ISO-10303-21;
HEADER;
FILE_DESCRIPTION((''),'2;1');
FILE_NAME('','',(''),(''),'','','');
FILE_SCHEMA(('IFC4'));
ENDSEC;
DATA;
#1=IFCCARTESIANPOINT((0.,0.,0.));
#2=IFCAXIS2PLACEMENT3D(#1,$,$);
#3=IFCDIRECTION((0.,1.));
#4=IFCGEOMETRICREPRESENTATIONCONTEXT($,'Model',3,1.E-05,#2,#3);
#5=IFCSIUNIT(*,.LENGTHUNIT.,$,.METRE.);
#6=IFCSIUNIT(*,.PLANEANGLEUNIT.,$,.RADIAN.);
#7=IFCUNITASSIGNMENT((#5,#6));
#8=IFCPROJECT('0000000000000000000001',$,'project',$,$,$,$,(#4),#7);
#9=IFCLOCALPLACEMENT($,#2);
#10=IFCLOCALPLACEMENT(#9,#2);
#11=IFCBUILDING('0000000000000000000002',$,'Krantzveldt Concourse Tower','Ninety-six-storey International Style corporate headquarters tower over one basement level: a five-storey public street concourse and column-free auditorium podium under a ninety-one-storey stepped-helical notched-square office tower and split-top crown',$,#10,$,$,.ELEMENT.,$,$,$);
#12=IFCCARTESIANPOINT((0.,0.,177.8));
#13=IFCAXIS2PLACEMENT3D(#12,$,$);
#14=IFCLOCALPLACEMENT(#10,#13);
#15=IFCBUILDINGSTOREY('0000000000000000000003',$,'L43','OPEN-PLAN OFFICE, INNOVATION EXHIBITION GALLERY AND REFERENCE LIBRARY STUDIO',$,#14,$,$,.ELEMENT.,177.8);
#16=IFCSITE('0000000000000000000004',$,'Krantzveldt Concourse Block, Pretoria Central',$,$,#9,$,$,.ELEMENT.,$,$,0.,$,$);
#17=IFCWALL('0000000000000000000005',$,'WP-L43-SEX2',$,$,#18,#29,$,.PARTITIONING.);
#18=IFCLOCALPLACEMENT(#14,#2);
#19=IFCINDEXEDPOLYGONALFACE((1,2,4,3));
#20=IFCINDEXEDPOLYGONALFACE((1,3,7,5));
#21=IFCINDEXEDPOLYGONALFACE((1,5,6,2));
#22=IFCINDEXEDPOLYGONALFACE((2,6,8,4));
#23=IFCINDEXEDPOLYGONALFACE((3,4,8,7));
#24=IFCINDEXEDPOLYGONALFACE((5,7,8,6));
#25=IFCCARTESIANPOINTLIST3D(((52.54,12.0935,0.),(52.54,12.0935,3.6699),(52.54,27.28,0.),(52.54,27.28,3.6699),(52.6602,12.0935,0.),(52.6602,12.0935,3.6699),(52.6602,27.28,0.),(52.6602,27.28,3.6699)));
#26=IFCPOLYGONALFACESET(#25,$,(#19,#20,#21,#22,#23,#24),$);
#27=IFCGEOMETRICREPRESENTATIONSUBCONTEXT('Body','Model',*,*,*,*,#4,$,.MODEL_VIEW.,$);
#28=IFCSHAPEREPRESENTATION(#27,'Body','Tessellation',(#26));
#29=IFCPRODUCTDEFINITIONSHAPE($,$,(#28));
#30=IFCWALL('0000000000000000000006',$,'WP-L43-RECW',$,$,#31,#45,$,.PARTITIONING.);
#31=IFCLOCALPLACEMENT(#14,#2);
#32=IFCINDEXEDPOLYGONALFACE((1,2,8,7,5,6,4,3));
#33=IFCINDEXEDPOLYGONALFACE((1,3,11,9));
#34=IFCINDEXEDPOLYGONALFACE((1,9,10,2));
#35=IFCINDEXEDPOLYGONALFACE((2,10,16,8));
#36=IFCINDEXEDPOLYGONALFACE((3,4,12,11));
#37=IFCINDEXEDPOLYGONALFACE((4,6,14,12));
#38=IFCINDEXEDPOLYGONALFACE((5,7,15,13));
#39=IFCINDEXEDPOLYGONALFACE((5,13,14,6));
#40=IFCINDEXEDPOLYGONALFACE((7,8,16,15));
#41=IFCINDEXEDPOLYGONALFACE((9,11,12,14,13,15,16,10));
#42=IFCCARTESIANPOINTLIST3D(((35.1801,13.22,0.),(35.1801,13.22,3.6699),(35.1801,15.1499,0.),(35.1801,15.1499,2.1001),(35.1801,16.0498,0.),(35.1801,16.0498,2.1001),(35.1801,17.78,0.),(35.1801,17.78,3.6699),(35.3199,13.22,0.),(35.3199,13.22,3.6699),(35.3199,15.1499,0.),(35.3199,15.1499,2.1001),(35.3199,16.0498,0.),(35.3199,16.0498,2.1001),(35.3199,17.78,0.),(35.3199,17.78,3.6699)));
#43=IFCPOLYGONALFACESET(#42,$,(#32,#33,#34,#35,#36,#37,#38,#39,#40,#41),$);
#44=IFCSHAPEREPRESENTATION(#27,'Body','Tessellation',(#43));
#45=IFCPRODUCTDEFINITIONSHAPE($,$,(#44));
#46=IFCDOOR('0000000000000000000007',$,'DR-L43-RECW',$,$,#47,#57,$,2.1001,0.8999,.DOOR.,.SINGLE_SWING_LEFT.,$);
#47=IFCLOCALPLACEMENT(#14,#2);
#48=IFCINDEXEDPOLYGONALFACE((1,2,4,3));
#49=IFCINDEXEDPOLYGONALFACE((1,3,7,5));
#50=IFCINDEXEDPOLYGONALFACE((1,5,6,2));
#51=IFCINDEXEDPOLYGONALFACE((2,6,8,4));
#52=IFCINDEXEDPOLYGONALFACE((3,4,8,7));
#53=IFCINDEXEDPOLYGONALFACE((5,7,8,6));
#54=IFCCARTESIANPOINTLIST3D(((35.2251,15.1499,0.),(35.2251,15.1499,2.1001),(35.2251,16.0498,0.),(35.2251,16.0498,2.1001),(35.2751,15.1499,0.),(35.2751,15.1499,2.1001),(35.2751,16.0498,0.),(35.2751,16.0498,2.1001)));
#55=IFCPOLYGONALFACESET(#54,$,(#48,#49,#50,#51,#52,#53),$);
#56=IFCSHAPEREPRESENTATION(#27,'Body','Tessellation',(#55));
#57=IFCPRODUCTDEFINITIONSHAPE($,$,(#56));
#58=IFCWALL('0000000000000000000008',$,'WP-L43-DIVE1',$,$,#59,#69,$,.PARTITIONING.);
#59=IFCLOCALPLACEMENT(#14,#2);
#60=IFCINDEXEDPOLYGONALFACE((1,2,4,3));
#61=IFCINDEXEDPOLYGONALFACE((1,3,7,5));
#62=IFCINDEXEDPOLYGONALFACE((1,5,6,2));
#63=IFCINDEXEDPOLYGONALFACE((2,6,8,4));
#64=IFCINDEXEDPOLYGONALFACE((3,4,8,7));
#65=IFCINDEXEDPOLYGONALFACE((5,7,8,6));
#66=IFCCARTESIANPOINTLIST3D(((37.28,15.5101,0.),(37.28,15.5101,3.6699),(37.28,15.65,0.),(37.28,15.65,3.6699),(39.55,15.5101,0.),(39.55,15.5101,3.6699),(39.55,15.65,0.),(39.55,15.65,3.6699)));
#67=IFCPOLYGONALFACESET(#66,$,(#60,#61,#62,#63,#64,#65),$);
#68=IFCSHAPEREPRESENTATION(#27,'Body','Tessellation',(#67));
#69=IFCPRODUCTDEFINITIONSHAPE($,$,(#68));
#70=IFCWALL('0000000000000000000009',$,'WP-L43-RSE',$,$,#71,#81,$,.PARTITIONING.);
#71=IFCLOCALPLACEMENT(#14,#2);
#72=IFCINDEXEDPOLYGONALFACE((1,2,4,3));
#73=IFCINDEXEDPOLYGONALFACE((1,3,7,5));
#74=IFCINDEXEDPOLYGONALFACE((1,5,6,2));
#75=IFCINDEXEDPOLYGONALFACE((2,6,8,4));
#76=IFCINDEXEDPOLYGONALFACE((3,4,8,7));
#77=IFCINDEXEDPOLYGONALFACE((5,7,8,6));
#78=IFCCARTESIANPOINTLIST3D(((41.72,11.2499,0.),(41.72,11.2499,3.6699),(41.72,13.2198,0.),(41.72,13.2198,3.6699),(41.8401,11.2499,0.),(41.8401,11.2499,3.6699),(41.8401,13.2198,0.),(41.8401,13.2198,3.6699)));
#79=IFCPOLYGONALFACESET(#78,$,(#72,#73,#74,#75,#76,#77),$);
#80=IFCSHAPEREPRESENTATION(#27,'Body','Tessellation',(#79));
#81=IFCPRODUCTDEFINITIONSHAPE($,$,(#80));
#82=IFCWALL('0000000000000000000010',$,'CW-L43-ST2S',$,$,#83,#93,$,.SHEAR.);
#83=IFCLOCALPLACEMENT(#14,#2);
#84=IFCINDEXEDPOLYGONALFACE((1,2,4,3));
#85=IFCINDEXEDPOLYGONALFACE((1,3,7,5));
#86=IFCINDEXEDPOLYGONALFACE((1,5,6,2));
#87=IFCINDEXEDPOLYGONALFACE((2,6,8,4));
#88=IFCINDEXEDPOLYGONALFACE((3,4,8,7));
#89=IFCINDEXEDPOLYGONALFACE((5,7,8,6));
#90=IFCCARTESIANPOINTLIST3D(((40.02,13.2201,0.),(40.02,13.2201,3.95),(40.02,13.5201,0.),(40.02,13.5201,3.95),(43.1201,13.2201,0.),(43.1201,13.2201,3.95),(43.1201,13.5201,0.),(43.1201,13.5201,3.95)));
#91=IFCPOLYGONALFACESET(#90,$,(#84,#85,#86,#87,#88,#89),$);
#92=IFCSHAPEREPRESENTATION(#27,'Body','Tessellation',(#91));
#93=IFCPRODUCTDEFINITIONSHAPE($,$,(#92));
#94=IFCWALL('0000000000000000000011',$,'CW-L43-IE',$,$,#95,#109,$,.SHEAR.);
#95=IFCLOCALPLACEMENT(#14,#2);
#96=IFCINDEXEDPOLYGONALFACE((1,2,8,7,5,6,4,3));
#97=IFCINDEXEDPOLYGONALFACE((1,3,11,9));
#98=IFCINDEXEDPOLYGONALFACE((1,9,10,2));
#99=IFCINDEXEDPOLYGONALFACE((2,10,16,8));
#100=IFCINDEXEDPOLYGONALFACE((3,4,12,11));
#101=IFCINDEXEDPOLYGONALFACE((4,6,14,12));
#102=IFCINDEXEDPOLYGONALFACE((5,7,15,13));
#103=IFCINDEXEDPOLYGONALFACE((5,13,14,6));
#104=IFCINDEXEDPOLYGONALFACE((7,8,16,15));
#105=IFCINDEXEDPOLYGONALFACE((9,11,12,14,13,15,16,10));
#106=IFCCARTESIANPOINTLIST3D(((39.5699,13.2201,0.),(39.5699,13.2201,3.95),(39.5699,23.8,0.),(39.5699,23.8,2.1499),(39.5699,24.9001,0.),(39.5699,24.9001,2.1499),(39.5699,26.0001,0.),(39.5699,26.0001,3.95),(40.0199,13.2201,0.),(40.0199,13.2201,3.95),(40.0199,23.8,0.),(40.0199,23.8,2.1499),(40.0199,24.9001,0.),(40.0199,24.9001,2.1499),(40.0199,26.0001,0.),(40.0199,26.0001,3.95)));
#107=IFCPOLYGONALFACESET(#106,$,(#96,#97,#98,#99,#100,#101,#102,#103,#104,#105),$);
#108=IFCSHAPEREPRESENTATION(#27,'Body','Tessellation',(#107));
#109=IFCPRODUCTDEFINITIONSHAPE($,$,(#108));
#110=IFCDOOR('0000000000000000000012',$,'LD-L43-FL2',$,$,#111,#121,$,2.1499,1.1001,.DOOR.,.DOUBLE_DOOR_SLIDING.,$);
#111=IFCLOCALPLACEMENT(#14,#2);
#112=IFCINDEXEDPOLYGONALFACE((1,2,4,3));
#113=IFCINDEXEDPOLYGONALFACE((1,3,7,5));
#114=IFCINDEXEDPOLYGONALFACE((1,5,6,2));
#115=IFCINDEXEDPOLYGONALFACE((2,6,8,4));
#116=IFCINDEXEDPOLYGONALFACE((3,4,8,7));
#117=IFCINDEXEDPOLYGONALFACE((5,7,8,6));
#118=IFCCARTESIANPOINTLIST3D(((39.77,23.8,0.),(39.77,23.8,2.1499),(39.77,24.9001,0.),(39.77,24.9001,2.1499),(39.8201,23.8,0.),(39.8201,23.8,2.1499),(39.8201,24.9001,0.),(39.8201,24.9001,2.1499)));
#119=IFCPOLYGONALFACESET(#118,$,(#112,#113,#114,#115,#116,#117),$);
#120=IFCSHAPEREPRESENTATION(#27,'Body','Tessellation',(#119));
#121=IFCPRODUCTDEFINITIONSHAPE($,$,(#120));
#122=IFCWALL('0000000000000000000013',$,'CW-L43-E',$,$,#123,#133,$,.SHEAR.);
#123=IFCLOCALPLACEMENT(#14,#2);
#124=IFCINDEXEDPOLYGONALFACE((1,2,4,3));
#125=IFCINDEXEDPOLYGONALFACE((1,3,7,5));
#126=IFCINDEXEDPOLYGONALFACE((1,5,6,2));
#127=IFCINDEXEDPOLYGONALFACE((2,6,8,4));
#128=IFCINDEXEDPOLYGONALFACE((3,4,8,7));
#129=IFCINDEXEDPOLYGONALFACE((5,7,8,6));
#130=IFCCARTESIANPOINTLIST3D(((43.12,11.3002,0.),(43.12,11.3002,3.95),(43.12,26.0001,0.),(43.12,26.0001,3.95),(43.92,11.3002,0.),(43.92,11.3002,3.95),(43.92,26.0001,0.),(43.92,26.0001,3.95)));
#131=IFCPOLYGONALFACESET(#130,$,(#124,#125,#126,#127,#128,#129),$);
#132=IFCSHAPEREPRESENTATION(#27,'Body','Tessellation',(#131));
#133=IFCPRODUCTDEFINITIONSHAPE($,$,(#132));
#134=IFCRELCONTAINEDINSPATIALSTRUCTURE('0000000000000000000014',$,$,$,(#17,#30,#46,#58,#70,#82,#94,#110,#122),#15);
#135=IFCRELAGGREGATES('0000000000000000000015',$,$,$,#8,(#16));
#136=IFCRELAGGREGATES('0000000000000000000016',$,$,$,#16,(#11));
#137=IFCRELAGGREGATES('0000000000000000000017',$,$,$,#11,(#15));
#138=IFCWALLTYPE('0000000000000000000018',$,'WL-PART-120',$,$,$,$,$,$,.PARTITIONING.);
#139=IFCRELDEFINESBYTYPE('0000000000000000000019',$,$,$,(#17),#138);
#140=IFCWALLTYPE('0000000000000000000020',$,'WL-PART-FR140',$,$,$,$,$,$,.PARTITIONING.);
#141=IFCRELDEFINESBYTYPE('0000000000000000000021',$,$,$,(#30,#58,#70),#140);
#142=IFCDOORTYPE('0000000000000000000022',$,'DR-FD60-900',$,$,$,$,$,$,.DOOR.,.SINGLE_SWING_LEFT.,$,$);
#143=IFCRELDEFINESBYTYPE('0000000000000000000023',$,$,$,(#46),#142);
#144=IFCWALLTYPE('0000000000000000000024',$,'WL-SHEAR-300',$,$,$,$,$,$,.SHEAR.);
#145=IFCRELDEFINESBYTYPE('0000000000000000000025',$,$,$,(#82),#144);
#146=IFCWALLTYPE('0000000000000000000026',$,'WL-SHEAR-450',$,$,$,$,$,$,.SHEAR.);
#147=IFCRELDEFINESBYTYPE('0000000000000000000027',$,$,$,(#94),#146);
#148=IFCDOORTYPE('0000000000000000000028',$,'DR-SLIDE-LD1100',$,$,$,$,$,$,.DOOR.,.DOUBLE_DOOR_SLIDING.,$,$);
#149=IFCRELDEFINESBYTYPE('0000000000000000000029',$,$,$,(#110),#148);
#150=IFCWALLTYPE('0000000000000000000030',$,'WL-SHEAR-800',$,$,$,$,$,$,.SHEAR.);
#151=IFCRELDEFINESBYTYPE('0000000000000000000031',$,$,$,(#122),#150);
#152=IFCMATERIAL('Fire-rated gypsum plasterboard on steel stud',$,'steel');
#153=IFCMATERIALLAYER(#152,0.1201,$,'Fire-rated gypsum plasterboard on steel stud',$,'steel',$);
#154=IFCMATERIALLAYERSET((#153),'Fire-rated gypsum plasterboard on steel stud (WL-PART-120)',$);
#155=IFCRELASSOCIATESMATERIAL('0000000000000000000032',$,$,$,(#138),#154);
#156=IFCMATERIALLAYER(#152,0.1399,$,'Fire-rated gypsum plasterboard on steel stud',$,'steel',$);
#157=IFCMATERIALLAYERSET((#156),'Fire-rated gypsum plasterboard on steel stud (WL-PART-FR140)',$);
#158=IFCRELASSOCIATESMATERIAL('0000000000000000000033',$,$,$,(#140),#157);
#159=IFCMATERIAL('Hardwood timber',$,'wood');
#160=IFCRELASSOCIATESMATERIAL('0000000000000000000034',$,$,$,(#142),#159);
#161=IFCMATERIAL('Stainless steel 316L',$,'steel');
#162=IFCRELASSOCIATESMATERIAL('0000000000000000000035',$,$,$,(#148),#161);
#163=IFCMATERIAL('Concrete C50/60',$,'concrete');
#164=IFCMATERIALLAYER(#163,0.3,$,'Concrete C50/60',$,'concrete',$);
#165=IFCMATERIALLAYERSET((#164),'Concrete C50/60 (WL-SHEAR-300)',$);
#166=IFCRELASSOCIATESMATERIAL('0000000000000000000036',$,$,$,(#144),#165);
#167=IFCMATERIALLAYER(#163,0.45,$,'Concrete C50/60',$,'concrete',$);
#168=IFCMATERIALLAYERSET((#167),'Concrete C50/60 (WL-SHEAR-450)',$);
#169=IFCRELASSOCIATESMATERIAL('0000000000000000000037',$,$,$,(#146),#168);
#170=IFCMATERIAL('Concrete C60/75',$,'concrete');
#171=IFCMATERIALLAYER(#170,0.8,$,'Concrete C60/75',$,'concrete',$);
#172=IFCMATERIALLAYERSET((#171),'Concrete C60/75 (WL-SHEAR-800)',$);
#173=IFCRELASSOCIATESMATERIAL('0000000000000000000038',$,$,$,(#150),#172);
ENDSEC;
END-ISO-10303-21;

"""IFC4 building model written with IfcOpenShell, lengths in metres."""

from ifc_helpers import new_model, si_unit, direction, frame, frame_2d, origin, place, context, subcontext, project, spatial, rectangle, extrude, material, layer, layer_set, type_object, element, fill, save


model = new_model("IFC4")

# Units and contexts
model_context = context("Model", 3, precision=1e-05, world=origin(), true_north=direction((0.0, 1.0)))
body_context = subcontext(model_context, "Body", "Model", "MODEL_VIEW")
ifc_project = project(units=[si_unit("LENGTHUNIT", "METRE"), si_unit("PLANEANGLEUNIT", "RADIAN")], contexts=[model_context])

# Site, building, storey
site_placement = place(None, origin())
site = spatial("IfcSite", under=ifc_project, at=site_placement, Name="Krantzveldt Concourse Block, Pretoria Central", CompositionType="ELEMENT", RefElevation=0.0)
building_placement = place(site_placement, origin())
building = spatial("IfcBuilding", under=site, at=building_placement, Name="Krantzveldt Concourse Tower", Description="Ninety-six-storey International Style corporate headquarters tower over one basement level: a five-storey public street concourse and column-free auditorium podium under a ninety-one-storey stepped-helical notched-square office tower and split-top crown", CompositionType="ELEMENT")
storey_placement = place(building_placement, frame((0.0, 0.0, 177.8)))
storey = spatial("IfcBuildingStorey", under=building, at=storey_placement, Name="L43", Description="OPEN-PLAN OFFICE, INNOVATION EXHIBITION GALLERY AND REFERENCE LIBRARY STUDIO", CompositionType="ELEMENT", Elevation=177.8)

# Shared definitions
ifc_material_1 = material(Name="Concrete C50/60", Category="concrete")

# Wall
ifc_material_2 = material(Name="Fire-rated gypsum plasterboard on steel stud", Category="steel")
ifc_layer_1 = layer(ifc_material_2, 0.1201, Name="Fire-rated gypsum plasterboard on steel stud", Category="steel")
ifc_layer_set_1 = layer_set([ifc_layer_1], Name="Fire-rated gypsum plasterboard on steel stud (WL-PART-120)")
wall_type_1 = type_object("IfcWallType", Name="WL-PART-120", PredefinedType="PARTITIONING", material=ifc_layer_set_1)
wall_1_placement = place(storey_placement, frame((52.6001, 12.0935, 0.0), z_axis=(0.0, 0.0, 1.0), x_axis=(0.0, 1.0, 0.0)))
element("IfcWall", 1, at=wall_1_placement, inside=storey, type_object=wall_type_1, Name="WP-L43-SEX2", PredefinedType="PARTITIONING", context=body_context, shape_type="SweptSolid", body=[
    extrude(rectangle(XDim=15.1865, YDim=0.1201, at=frame_2d((7.5933, 0.0))), origin(), (0.0, 0.0, 1.0), 3.6699),
])

# Wall, opening, door
ifc_layer_2 = layer(ifc_material_2, 0.1399, Name="Fire-rated gypsum plasterboard on steel stud", Category="steel")
ifc_layer_set_2 = layer_set([ifc_layer_2], Name="Fire-rated gypsum plasterboard on steel stud (WL-PART-FR140)")
wall_type_2 = type_object("IfcWallType", Name="WL-PART-FR140", PredefinedType="PARTITIONING", material=ifc_layer_set_2)
wall_2_placement = place(storey_placement, frame((35.25, 13.22, 0.0), z_axis=(0.0, 0.0, 1.0), x_axis=(0.0, 1.0, 0.0)))
wall_2 = element("IfcWall", 2, at=wall_2_placement, inside=storey, type_object=wall_type_2, Name="WP-L43-RECW", PredefinedType="PARTITIONING", context=body_context, shape_type="SweptSolid", body=[
    extrude(rectangle(XDim=4.5601, YDim=0.1399, at=frame_2d((2.28, 0.0))), origin(), (0.0, 0.0, 1.0), 3.6699),
])
opening_1_placement = place(wall_2_placement, frame((1.9299, 0.0, 0.0)))
opening_1 = element("IfcOpeningElement", 3, at=opening_1_placement, cuts=wall_2, PredefinedType="OPENING", context=body_context, shape_type="SweptSolid", body=[
    extrude(rectangle(XDim=0.8999, YDim=2.1001, at=frame_2d((0.45, 1.05))), frame((0.0, 0.0801, 0.0), z_axis=(0.0, -1.0, 0.0), x_axis=(1.0, 0.0, 0.0)), (0.0, 0.0, 1.0), 0.1599),
])
ifc_material_3 = material(Name="Hardwood timber", Category="wood")
door_type_1 = type_object("IfcDoorType", Name="DR-FD60-900", OperationType="SINGLE_SWING_LEFT", PredefinedType="DOOR", material=ifc_material_3)
door_1_placement = place(opening_1_placement, origin())
door_1 = element("IfcDoor", 4, at=door_1_placement, inside=storey, type_object=door_type_1, Name="DR-L43-RECW", OperationType="SINGLE_SWING_LEFT", OverallHeight=2.1001, OverallWidth=0.8999, PredefinedType="DOOR", context=body_context, shape_type="SweptSolid", body=[
    extrude(rectangle(XDim=0.8999, YDim=2.1001, at=frame_2d((0.45, 1.05))), frame((0.0, 0.0249, 0.0), z_axis=(0.0, -1.0, 0.0), x_axis=(1.0, 0.0, 0.0)), (0.0, 0.0, 1.0), 0.05),
])
fill(opening_1, door_1)

# Shared definitions
ifc_material_4 = material(Name="Stainless steel 316L", Category="steel")
door_type_2 = type_object("IfcDoorType", Name="DR-SLIDE-LD1100", OperationType="DOUBLE_DOOR_SLIDING", PredefinedType="DOOR", material=ifc_material_4)

# Walls
wall_3_placement = place(storey_placement, frame((37.28, 15.5801, 0.0), z_axis=(0.0, 0.0, 1.0), x_axis=(1.0, 0.0, 0.0)))
element("IfcWall", 5, at=wall_3_placement, inside=storey, type_object=wall_type_2, Name="WP-L43-DIVE1", PredefinedType="PARTITIONING", context=body_context, shape_type="SweptSolid", body=[
    extrude(rectangle(XDim=2.27, YDim=0.1399, at=frame_2d((1.135, 0.0))), origin(), (0.0, 0.0, 1.0), 3.6699),
])
wall_4_placement = place(storey_placement, frame((41.78, 11.25, 0.0), z_axis=(0.0, 0.0, 1.0), x_axis=(0.0, 1.0, 0.0)))
element("IfcWall", 6, at=wall_4_placement, inside=storey, type_object=wall_type_2, Name="WP-L43-RSE", PredefinedType="PARTITIONING", context=body_context, shape_type="SweptSolid", body=[
    extrude(rectangle(XDim=1.97, YDim=0.1201, at=frame_2d((0.9849, 0.0))), origin(), (0.0, 0.0, 1.0), 3.6699),
])
ifc_layer_3 = layer(ifc_material_1, 0.3, Name="Concrete C50/60", Category="concrete")
ifc_layer_set_3 = layer_set([ifc_layer_3], Name="Concrete C50/60 (WL-SHEAR-300)")
wall_type_3 = type_object("IfcWallType", Name="WL-SHEAR-300", PredefinedType="SHEAR", material=ifc_layer_set_3)
wall_5_placement = place(storey_placement, frame((40.02, 13.3701, 0.0), z_axis=(0.0, 0.0, 1.0), x_axis=(1.0, 0.0, 0.0)))
element("IfcWall", 7, at=wall_5_placement, inside=storey, type_object=wall_type_3, Name="CW-L43-ST2S", PredefinedType="SHEAR", context=body_context, shape_type="SweptSolid", body=[
    extrude(rectangle(XDim=3.1001, YDim=0.3, at=frame_2d((1.55, 0.0))), origin(), (0.0, 0.0, 1.0), 3.95),
])

# Wall, opening, door
ifc_layer_4 = layer(ifc_material_1, 0.45, Name="Concrete C50/60", Category="concrete")
ifc_layer_set_4 = layer_set([ifc_layer_4], Name="Concrete C50/60 (WL-SHEAR-450)")
wall_type_4 = type_object("IfcWallType", Name="WL-SHEAR-450", PredefinedType="SHEAR", material=ifc_layer_set_4)
wall_6_placement = place(storey_placement, frame((39.7949, 13.22, 0.0), z_axis=(0.0, 0.0, 1.0), x_axis=(0.0, 1.0, 0.0)))
wall_6 = element("IfcWall", 8, at=wall_6_placement, inside=storey, type_object=wall_type_4, Name="CW-L43-IE", PredefinedType="SHEAR", context=body_context, shape_type="SweptSolid", body=[
    extrude(rectangle(XDim=12.78, YDim=0.45, at=frame_2d((6.3901, 0.0))), origin(), (0.0, 0.0, 1.0), 3.95),
])
opening_2_placement = place(wall_6_placement, frame((10.5801, 0.0, 0.0)))
opening_2 = element("IfcOpeningElement", 9, at=opening_2_placement, cuts=wall_6, PredefinedType="OPENING", context=body_context, shape_type="SweptSolid", body=[
    extrude(rectangle(XDim=1.1001, YDim=2.1499, at=frame_2d((0.55, 1.075))), frame((0.0, 0.2349, 0.0), z_axis=(0.0, -1.0, 0.0), x_axis=(1.0, 0.0, 0.0)), (0.0, 0.0, 1.0), 0.47),
])
door_2_placement = place(opening_2_placement, origin())
door_2 = element("IfcDoor", 10, at=door_2_placement, inside=storey, type_object=door_type_2, Name="LD-L43-FL2", OperationType="DOUBLE_DOOR_SLIDING", OverallHeight=2.1499, OverallWidth=1.1001, PredefinedType="DOOR", context=body_context, shape_type="SweptSolid", body=[
    extrude(rectangle(XDim=1.1001, YDim=2.1499, at=frame_2d((0.55, 1.075))), frame((0.0, 0.0249, 0.0), z_axis=(0.0, -1.0, 0.0), x_axis=(1.0, 0.0, 0.0)), (0.0, 0.0, 1.0), 0.05),
])
fill(opening_2, door_2)

# Wall
ifc_material_5 = material(Name="Concrete C60/75", Category="concrete")
ifc_layer_5 = layer(ifc_material_5, 0.8, Name="Concrete C60/75", Category="concrete")
ifc_layer_set_5 = layer_set([ifc_layer_5], Name="Concrete C60/75 (WL-SHEAR-800)")
wall_type_5 = type_object("IfcWallType", Name="WL-SHEAR-800", PredefinedType="SHEAR", material=ifc_layer_set_5)
wall_7_placement = place(storey_placement, frame((43.52, 11.3, 0.0), z_axis=(0.0, 0.0, 1.0), x_axis=(0.0, 1.0, 0.0)))
element("IfcWall", 11, at=wall_7_placement, inside=storey, type_object=wall_type_5, Name="CW-L43-E", PredefinedType="SHEAR", context=body_context, shape_type="SweptSolid", body=[
    extrude(rectangle(XDim=14.7, YDim=0.8, at=frame_2d((7.3501, 0.0))), origin(), (0.0, 0.0, 1.0), 3.95),
])

save(model, "model.ifc")
